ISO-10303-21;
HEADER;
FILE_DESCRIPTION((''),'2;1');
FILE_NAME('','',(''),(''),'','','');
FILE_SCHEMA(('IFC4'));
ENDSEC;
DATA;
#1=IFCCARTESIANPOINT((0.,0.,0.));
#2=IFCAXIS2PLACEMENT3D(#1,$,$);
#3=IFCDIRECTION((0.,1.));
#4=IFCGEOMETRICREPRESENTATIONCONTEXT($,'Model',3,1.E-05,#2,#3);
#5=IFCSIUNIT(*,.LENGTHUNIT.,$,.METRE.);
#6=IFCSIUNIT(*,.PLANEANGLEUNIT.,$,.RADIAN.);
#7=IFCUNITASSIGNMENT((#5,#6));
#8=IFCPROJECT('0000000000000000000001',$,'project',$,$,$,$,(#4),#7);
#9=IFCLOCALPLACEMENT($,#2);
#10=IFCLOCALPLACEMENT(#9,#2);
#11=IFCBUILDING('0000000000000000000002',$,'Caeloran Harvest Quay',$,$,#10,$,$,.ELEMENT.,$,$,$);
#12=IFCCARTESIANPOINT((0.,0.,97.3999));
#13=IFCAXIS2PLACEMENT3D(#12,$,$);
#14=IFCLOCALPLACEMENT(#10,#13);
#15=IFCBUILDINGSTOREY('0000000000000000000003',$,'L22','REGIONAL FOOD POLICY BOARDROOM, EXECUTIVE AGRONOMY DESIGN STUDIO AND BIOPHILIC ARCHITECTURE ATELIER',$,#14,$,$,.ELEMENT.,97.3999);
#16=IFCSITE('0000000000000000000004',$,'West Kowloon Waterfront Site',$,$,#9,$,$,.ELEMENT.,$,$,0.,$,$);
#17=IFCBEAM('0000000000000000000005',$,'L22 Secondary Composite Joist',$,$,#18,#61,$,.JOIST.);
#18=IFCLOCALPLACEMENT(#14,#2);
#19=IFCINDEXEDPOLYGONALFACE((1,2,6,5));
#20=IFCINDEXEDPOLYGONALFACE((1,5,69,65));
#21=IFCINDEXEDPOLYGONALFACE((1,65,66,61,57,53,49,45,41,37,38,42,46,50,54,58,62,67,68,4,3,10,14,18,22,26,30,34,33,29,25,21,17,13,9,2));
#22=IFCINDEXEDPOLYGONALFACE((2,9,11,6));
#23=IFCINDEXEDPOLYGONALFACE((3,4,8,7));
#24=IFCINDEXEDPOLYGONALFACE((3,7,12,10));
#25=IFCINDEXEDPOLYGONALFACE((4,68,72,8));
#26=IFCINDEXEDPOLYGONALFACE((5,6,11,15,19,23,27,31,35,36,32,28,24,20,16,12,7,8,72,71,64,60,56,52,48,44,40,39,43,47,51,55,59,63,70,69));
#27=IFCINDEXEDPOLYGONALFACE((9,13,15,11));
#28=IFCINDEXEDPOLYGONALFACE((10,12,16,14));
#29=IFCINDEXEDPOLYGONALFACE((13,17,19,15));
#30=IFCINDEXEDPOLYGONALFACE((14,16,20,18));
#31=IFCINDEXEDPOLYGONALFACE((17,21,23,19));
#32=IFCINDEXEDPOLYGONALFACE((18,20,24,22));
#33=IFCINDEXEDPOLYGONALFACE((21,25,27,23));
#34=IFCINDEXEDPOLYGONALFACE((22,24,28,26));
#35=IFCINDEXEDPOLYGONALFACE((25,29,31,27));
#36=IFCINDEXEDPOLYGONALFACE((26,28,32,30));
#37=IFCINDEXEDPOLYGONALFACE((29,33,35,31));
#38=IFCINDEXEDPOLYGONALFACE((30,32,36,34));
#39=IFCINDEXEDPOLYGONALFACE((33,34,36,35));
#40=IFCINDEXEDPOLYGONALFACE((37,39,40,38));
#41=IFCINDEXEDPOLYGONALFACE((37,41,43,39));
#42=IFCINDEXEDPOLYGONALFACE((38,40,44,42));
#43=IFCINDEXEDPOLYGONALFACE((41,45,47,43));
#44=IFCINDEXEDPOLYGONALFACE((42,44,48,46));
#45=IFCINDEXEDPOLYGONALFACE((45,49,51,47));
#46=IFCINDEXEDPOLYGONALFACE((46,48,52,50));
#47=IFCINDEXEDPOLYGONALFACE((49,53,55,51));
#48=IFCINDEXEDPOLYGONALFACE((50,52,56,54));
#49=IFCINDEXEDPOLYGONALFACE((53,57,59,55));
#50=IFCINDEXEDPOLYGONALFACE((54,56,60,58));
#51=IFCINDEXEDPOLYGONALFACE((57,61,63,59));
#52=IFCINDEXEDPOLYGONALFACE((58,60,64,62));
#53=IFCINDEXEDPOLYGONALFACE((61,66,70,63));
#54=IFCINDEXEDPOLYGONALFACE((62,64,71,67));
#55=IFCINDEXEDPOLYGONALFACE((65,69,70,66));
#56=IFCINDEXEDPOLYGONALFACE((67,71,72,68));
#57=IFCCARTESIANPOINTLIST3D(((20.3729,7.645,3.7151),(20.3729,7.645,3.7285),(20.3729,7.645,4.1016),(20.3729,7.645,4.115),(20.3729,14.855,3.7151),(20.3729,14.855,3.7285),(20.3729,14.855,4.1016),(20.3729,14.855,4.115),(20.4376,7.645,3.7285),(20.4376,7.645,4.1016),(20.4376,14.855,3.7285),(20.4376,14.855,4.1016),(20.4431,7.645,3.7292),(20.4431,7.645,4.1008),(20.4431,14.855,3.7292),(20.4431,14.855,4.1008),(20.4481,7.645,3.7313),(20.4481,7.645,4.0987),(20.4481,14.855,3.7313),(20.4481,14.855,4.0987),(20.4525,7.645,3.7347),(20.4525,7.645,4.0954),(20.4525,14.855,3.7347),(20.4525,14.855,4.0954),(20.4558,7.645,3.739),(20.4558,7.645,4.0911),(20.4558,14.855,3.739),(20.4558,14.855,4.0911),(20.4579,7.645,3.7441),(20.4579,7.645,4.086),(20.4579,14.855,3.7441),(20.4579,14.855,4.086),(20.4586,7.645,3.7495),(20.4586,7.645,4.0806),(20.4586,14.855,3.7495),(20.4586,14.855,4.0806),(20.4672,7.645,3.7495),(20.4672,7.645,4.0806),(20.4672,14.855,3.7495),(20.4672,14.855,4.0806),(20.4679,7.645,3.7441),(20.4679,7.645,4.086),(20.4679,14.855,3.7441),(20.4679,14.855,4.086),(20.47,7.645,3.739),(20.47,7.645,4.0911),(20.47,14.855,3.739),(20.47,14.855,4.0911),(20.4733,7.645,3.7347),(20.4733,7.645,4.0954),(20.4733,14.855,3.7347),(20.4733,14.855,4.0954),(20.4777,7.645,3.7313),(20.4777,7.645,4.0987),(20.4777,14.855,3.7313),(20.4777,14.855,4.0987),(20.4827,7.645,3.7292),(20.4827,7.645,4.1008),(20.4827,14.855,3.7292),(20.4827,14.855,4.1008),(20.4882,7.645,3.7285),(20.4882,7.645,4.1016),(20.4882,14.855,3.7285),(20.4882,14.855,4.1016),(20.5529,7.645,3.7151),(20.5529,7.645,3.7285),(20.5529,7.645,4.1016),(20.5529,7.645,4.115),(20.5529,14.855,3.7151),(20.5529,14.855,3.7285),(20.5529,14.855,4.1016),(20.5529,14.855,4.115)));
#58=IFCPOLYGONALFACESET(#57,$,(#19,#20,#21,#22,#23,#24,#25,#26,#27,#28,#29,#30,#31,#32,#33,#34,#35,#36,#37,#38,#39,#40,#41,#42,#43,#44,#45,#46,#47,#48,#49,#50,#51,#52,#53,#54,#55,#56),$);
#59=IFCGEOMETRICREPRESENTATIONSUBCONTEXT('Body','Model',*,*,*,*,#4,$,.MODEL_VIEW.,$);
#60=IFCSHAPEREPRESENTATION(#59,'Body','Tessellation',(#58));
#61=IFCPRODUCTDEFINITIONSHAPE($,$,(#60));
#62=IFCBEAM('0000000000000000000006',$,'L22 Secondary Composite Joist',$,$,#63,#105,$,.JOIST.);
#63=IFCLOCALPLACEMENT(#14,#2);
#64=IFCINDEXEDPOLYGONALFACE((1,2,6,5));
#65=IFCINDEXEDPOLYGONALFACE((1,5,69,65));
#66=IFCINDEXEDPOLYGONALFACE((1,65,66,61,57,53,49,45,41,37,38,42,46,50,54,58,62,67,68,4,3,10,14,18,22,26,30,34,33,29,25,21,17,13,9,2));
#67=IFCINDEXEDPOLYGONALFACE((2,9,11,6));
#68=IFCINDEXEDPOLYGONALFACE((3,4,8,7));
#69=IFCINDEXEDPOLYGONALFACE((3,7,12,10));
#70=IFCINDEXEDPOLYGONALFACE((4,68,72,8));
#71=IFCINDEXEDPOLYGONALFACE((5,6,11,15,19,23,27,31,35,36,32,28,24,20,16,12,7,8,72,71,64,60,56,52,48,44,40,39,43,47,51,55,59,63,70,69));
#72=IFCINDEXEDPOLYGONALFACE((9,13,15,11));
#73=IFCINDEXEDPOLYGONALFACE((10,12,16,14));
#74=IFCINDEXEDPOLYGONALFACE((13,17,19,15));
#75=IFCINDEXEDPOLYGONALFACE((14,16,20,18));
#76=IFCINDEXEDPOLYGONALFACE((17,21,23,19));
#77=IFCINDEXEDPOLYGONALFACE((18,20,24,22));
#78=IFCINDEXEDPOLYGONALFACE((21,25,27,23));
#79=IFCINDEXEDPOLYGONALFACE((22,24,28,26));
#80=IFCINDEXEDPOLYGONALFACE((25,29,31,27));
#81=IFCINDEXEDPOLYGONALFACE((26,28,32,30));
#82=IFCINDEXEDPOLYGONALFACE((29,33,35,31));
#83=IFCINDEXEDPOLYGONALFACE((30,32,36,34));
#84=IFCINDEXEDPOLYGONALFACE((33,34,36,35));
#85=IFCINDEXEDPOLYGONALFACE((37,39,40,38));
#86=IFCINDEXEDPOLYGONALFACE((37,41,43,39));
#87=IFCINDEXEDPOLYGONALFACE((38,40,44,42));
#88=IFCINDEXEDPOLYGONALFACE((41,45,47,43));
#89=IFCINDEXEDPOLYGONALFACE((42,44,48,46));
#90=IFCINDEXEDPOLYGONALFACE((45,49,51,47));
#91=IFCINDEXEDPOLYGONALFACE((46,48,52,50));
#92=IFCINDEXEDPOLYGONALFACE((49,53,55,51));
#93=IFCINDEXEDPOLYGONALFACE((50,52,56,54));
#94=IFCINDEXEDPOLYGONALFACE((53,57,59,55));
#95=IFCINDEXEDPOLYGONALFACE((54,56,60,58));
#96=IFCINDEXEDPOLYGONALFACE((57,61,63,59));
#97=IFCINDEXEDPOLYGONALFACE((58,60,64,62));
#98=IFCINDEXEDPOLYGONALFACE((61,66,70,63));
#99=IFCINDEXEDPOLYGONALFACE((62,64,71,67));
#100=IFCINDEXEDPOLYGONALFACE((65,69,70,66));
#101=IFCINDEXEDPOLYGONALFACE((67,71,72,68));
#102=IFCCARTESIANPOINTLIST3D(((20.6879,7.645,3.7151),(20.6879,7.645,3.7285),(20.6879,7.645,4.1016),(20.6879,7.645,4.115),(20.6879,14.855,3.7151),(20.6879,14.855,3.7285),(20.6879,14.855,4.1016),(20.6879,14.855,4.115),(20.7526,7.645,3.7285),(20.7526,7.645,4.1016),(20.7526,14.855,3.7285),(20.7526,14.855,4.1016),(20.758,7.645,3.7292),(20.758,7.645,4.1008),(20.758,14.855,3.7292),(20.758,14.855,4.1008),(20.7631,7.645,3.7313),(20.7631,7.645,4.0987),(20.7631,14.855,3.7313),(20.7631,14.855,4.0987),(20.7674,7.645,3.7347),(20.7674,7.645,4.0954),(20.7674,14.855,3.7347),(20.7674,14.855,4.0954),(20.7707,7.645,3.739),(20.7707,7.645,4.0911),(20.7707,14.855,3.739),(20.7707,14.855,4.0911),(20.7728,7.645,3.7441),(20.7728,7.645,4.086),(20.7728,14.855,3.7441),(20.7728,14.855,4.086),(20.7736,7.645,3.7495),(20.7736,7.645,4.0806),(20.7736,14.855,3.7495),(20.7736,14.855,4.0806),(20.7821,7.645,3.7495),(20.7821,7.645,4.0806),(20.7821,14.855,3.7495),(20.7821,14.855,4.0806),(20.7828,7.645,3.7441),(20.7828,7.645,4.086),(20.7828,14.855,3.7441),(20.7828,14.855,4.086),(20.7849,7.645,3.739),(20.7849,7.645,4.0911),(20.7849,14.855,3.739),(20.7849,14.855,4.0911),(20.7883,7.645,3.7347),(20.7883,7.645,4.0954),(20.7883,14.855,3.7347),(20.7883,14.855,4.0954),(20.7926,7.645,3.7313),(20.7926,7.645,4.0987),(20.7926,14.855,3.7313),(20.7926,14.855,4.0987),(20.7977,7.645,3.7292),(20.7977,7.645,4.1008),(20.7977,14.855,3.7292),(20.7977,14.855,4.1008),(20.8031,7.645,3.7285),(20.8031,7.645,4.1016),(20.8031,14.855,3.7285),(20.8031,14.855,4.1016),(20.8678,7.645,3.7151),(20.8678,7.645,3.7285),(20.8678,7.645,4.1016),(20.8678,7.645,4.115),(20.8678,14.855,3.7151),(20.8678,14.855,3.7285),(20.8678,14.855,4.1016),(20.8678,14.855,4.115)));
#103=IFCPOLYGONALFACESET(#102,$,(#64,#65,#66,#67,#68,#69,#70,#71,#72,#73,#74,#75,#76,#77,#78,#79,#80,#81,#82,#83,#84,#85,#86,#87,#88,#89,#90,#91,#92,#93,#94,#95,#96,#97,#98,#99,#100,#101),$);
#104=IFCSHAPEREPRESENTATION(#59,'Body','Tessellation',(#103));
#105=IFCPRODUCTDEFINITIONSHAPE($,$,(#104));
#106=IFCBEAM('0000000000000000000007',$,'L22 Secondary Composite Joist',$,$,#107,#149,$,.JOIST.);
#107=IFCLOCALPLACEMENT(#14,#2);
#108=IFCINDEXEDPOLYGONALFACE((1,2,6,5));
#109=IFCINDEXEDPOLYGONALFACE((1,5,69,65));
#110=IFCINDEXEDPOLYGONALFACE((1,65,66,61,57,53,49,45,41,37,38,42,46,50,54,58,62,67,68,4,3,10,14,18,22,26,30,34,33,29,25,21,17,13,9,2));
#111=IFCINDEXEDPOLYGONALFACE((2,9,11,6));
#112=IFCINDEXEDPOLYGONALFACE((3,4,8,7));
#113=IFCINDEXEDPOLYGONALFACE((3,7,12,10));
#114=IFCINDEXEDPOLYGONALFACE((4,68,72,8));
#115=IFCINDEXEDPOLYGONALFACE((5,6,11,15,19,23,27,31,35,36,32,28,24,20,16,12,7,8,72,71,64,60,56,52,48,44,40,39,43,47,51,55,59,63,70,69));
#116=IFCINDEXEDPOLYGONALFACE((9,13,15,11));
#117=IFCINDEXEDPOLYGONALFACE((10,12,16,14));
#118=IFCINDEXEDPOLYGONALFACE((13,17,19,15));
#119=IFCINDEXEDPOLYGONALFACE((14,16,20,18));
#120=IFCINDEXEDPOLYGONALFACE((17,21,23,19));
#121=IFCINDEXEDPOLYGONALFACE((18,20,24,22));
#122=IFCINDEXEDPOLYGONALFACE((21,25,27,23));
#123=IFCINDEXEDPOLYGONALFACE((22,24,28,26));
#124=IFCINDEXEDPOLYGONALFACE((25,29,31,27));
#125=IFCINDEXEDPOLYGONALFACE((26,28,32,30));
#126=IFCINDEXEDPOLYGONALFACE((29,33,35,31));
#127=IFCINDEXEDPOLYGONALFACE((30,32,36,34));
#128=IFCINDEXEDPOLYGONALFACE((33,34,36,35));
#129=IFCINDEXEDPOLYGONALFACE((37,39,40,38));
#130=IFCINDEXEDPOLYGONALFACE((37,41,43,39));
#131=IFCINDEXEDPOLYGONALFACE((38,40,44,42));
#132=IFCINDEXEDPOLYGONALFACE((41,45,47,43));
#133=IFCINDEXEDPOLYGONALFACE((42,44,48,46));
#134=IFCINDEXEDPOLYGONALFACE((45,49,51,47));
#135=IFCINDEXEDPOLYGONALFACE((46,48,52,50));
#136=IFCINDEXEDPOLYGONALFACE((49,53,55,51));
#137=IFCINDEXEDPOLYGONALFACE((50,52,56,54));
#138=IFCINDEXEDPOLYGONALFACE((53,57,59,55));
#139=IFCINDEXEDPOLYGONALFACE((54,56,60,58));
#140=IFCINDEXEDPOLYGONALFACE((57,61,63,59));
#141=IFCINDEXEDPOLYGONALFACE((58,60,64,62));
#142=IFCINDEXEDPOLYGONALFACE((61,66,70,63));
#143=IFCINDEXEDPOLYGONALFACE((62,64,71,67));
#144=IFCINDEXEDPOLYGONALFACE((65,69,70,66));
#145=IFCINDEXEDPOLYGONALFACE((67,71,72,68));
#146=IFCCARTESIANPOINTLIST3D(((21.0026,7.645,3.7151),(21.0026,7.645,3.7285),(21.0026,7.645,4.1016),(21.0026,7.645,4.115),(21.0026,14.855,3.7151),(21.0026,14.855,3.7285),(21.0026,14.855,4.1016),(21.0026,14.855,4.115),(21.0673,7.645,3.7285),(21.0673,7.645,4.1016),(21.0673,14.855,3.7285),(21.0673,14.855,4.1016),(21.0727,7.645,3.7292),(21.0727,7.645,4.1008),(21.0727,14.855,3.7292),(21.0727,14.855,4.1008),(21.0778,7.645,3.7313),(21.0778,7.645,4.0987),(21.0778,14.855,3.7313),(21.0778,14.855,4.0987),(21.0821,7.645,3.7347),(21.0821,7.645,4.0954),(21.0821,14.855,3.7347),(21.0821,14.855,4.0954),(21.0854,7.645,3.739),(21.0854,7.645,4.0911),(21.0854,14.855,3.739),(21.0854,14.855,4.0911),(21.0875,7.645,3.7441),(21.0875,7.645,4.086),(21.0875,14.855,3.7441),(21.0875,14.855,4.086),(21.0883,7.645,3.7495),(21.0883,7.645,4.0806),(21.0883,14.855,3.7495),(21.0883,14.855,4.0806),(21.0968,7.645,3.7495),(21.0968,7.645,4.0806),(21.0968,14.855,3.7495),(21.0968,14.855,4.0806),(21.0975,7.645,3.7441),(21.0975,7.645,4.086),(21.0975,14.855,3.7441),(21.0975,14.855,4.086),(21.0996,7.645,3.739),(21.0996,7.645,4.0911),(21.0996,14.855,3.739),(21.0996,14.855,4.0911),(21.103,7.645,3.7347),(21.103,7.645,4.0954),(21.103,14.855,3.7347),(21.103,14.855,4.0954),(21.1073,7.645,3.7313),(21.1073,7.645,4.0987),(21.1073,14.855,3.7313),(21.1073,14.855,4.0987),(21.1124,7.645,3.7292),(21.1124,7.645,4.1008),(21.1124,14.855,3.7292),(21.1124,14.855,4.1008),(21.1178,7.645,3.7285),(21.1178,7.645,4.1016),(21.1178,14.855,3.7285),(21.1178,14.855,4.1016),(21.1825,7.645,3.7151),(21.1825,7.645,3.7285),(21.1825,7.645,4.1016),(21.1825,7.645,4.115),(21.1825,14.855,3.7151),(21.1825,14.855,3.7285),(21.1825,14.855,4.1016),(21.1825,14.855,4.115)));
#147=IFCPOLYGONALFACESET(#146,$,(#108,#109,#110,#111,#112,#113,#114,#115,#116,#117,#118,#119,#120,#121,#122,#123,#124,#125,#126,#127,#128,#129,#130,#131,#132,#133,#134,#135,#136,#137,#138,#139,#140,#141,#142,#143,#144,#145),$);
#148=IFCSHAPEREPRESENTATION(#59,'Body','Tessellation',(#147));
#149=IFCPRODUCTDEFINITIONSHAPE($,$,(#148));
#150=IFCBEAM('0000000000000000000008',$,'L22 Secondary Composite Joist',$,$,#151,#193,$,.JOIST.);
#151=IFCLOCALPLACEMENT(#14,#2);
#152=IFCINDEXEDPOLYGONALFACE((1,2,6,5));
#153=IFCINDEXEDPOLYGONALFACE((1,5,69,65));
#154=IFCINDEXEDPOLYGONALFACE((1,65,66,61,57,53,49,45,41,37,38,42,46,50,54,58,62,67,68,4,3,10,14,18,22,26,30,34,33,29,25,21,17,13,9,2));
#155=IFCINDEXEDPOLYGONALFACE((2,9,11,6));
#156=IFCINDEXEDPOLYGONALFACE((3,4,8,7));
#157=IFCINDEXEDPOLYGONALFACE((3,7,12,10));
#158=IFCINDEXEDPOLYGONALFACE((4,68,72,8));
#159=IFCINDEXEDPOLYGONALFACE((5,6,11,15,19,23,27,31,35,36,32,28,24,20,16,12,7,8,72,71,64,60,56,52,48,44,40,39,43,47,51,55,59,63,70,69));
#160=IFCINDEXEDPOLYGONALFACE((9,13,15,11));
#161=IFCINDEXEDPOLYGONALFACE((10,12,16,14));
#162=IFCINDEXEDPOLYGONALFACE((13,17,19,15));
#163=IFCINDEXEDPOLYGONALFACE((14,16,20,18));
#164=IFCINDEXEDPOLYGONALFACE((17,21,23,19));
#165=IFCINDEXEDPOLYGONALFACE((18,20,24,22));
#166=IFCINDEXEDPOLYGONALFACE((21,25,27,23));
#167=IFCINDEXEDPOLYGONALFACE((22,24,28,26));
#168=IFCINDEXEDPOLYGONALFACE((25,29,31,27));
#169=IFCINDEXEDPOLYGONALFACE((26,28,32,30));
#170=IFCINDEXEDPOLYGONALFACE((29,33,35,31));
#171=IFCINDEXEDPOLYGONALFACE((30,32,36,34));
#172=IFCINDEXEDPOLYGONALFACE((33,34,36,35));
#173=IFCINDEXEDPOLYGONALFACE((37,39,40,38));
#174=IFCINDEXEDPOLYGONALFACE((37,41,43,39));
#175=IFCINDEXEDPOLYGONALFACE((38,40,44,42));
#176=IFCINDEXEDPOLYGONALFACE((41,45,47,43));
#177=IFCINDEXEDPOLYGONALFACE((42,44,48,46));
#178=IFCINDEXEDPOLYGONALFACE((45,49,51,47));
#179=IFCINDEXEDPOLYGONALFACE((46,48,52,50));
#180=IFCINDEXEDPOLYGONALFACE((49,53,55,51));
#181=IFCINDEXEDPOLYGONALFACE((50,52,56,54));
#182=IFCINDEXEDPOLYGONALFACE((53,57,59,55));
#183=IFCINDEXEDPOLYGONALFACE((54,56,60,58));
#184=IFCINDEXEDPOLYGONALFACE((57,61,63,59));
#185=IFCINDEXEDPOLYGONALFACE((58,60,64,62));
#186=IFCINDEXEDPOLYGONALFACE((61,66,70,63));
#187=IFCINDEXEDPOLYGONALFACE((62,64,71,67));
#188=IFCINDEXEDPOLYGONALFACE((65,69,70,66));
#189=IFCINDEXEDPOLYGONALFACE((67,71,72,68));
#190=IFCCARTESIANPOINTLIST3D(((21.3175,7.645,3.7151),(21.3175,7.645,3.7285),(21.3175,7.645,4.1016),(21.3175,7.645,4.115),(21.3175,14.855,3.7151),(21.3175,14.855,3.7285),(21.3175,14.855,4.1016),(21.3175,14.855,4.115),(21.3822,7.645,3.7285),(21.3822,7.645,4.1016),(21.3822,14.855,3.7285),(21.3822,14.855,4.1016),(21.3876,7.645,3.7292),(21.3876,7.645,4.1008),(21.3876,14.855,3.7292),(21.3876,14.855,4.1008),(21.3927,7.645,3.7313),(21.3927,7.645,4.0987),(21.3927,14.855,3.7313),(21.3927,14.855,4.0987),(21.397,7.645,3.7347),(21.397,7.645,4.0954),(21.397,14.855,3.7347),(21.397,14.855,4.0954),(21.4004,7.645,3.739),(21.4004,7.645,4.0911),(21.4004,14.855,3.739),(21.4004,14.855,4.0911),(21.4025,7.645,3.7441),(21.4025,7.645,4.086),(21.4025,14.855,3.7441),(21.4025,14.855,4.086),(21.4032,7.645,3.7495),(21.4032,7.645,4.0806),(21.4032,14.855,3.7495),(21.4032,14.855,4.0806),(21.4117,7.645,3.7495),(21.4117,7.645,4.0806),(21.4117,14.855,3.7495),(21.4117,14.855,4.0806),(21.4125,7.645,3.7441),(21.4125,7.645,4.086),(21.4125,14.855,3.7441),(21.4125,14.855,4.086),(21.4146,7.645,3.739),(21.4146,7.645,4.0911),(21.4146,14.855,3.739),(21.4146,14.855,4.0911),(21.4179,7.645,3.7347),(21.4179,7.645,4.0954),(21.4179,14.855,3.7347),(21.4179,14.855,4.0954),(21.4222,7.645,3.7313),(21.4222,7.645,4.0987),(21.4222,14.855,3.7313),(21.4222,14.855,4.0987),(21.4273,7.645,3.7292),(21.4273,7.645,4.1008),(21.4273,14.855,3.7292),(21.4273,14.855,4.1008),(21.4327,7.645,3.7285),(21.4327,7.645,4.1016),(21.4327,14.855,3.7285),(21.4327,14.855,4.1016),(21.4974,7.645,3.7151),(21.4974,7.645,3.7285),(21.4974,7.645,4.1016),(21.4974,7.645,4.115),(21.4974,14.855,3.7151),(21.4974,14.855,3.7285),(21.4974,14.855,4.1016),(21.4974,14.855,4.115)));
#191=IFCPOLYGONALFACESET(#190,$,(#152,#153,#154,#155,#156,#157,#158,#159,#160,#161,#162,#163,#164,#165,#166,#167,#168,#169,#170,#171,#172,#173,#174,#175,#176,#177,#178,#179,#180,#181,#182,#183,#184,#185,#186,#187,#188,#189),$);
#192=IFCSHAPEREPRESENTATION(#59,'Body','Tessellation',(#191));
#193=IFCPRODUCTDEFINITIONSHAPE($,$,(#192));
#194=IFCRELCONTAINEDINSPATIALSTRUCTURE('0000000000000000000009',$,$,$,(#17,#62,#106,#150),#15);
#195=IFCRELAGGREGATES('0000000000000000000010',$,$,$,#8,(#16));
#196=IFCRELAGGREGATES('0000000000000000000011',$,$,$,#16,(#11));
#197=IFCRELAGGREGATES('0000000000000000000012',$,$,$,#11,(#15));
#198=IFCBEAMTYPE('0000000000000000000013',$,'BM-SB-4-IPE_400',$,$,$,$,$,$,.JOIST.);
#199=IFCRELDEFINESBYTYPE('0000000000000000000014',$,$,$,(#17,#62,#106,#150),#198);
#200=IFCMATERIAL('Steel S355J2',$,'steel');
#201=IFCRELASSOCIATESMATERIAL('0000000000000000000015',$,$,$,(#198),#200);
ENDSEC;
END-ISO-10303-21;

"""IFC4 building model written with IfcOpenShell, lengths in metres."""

from ifc_helpers import new_model, si_unit, direction, frame, origin, origin_2d, place, context, subcontext, project, spatial, i_section, extrude, material, material_profile, profile_set, type_object, element, save


model = new_model("IFC4")

# Units and contexts
model_context = context("Model", 3, precision=1e-05, world=origin(), true_north=direction((0.0, 1.0)))
body_context = subcontext(model_context, "Body", "Model", "MODEL_VIEW")
ifc_project = project(units=[si_unit("LENGTHUNIT", "METRE"), si_unit("PLANEANGLEUNIT", "RADIAN")], contexts=[model_context])

# Site, building, storey
site_placement = place(None, origin())
site = spatial("IfcSite", under=ifc_project, at=site_placement, Name="West Kowloon Waterfront Site", CompositionType="ELEMENT", RefElevation=0.0)
building_placement = place(site_placement, origin())
building = spatial("IfcBuilding", under=site, at=building_placement, Name="Caeloran Harvest Quay", CompositionType="ELEMENT")
storey_placement = place(building_placement, frame((0.0, 0.0, 97.3999)))
storey = spatial("IfcBuildingStorey", under=building, at=storey_placement, Name="L22", Description="REGIONAL FOOD POLICY BOARDROOM, EXECUTIVE AGRONOMY DESIGN STUDIO AND BIOPHILIC ARCHITECTURE ATELIER", CompositionType="ELEMENT", Elevation=97.3999)

# Beams
ifc_material = material(Name="Steel S355J2", Category="steel")
ifc_material_profile_1 = material_profile(ifc_material, i_section(OverallWidth=0.1799, OverallDepth=0.3999, WebThickness=0.0085, FlangeThickness=0.0134, FilletRadius=0.021, at=origin_2d()), Name="IPE 400")
ifc_profile_set_1 = profile_set([ifc_material_profile_1], Name="Steel S355J2")
beam_type_1 = type_object("IfcBeamType", Name="BM-SB-4-IPE_400", PredefinedType="JOIST", material=ifc_profile_set_1)
for number, where, z_axis, x_axis, name in (
    (1, (20.4629, 7.645, 3.915), (0.0, 1.0, 0.0), (-1.0, 0.0, 0.0), "L22 Secondary Composite Joist"),
    (2, (20.7778, 7.645, 3.915), (0.0, 1.0, 0.0), (-1.0, 0.0, 0.0), "L22 Secondary Composite Joist"),
    (3, (21.0925, 7.645, 3.915), (0.0, 1.0, 0.0), (-1.0, 0.0, 0.0), "L22 Secondary Composite Joist"),
    (4, (21.4075, 7.645, 3.915), (0.0, 1.0, 0.0), (-1.0, 0.0, 0.0), "L22 Secondary Composite Joist"),
):
    element("IfcBeam", number, at=place(storey_placement, frame(where, z_axis=z_axis, x_axis=x_axis)), inside=storey, type_object=beam_type_1, Name=name, PredefinedType="JOIST", context=body_context, shape_type="SweptSolid", body=[
        extrude(i_section(OverallWidth=0.1799, OverallDepth=0.3999, WebThickness=0.0085, FlangeThickness=0.0134, FilletRadius=0.021, at=origin_2d()), origin(), (0.0, 0.0, 1.0), 7.21),
    ])

save(model, "model.ifc")
